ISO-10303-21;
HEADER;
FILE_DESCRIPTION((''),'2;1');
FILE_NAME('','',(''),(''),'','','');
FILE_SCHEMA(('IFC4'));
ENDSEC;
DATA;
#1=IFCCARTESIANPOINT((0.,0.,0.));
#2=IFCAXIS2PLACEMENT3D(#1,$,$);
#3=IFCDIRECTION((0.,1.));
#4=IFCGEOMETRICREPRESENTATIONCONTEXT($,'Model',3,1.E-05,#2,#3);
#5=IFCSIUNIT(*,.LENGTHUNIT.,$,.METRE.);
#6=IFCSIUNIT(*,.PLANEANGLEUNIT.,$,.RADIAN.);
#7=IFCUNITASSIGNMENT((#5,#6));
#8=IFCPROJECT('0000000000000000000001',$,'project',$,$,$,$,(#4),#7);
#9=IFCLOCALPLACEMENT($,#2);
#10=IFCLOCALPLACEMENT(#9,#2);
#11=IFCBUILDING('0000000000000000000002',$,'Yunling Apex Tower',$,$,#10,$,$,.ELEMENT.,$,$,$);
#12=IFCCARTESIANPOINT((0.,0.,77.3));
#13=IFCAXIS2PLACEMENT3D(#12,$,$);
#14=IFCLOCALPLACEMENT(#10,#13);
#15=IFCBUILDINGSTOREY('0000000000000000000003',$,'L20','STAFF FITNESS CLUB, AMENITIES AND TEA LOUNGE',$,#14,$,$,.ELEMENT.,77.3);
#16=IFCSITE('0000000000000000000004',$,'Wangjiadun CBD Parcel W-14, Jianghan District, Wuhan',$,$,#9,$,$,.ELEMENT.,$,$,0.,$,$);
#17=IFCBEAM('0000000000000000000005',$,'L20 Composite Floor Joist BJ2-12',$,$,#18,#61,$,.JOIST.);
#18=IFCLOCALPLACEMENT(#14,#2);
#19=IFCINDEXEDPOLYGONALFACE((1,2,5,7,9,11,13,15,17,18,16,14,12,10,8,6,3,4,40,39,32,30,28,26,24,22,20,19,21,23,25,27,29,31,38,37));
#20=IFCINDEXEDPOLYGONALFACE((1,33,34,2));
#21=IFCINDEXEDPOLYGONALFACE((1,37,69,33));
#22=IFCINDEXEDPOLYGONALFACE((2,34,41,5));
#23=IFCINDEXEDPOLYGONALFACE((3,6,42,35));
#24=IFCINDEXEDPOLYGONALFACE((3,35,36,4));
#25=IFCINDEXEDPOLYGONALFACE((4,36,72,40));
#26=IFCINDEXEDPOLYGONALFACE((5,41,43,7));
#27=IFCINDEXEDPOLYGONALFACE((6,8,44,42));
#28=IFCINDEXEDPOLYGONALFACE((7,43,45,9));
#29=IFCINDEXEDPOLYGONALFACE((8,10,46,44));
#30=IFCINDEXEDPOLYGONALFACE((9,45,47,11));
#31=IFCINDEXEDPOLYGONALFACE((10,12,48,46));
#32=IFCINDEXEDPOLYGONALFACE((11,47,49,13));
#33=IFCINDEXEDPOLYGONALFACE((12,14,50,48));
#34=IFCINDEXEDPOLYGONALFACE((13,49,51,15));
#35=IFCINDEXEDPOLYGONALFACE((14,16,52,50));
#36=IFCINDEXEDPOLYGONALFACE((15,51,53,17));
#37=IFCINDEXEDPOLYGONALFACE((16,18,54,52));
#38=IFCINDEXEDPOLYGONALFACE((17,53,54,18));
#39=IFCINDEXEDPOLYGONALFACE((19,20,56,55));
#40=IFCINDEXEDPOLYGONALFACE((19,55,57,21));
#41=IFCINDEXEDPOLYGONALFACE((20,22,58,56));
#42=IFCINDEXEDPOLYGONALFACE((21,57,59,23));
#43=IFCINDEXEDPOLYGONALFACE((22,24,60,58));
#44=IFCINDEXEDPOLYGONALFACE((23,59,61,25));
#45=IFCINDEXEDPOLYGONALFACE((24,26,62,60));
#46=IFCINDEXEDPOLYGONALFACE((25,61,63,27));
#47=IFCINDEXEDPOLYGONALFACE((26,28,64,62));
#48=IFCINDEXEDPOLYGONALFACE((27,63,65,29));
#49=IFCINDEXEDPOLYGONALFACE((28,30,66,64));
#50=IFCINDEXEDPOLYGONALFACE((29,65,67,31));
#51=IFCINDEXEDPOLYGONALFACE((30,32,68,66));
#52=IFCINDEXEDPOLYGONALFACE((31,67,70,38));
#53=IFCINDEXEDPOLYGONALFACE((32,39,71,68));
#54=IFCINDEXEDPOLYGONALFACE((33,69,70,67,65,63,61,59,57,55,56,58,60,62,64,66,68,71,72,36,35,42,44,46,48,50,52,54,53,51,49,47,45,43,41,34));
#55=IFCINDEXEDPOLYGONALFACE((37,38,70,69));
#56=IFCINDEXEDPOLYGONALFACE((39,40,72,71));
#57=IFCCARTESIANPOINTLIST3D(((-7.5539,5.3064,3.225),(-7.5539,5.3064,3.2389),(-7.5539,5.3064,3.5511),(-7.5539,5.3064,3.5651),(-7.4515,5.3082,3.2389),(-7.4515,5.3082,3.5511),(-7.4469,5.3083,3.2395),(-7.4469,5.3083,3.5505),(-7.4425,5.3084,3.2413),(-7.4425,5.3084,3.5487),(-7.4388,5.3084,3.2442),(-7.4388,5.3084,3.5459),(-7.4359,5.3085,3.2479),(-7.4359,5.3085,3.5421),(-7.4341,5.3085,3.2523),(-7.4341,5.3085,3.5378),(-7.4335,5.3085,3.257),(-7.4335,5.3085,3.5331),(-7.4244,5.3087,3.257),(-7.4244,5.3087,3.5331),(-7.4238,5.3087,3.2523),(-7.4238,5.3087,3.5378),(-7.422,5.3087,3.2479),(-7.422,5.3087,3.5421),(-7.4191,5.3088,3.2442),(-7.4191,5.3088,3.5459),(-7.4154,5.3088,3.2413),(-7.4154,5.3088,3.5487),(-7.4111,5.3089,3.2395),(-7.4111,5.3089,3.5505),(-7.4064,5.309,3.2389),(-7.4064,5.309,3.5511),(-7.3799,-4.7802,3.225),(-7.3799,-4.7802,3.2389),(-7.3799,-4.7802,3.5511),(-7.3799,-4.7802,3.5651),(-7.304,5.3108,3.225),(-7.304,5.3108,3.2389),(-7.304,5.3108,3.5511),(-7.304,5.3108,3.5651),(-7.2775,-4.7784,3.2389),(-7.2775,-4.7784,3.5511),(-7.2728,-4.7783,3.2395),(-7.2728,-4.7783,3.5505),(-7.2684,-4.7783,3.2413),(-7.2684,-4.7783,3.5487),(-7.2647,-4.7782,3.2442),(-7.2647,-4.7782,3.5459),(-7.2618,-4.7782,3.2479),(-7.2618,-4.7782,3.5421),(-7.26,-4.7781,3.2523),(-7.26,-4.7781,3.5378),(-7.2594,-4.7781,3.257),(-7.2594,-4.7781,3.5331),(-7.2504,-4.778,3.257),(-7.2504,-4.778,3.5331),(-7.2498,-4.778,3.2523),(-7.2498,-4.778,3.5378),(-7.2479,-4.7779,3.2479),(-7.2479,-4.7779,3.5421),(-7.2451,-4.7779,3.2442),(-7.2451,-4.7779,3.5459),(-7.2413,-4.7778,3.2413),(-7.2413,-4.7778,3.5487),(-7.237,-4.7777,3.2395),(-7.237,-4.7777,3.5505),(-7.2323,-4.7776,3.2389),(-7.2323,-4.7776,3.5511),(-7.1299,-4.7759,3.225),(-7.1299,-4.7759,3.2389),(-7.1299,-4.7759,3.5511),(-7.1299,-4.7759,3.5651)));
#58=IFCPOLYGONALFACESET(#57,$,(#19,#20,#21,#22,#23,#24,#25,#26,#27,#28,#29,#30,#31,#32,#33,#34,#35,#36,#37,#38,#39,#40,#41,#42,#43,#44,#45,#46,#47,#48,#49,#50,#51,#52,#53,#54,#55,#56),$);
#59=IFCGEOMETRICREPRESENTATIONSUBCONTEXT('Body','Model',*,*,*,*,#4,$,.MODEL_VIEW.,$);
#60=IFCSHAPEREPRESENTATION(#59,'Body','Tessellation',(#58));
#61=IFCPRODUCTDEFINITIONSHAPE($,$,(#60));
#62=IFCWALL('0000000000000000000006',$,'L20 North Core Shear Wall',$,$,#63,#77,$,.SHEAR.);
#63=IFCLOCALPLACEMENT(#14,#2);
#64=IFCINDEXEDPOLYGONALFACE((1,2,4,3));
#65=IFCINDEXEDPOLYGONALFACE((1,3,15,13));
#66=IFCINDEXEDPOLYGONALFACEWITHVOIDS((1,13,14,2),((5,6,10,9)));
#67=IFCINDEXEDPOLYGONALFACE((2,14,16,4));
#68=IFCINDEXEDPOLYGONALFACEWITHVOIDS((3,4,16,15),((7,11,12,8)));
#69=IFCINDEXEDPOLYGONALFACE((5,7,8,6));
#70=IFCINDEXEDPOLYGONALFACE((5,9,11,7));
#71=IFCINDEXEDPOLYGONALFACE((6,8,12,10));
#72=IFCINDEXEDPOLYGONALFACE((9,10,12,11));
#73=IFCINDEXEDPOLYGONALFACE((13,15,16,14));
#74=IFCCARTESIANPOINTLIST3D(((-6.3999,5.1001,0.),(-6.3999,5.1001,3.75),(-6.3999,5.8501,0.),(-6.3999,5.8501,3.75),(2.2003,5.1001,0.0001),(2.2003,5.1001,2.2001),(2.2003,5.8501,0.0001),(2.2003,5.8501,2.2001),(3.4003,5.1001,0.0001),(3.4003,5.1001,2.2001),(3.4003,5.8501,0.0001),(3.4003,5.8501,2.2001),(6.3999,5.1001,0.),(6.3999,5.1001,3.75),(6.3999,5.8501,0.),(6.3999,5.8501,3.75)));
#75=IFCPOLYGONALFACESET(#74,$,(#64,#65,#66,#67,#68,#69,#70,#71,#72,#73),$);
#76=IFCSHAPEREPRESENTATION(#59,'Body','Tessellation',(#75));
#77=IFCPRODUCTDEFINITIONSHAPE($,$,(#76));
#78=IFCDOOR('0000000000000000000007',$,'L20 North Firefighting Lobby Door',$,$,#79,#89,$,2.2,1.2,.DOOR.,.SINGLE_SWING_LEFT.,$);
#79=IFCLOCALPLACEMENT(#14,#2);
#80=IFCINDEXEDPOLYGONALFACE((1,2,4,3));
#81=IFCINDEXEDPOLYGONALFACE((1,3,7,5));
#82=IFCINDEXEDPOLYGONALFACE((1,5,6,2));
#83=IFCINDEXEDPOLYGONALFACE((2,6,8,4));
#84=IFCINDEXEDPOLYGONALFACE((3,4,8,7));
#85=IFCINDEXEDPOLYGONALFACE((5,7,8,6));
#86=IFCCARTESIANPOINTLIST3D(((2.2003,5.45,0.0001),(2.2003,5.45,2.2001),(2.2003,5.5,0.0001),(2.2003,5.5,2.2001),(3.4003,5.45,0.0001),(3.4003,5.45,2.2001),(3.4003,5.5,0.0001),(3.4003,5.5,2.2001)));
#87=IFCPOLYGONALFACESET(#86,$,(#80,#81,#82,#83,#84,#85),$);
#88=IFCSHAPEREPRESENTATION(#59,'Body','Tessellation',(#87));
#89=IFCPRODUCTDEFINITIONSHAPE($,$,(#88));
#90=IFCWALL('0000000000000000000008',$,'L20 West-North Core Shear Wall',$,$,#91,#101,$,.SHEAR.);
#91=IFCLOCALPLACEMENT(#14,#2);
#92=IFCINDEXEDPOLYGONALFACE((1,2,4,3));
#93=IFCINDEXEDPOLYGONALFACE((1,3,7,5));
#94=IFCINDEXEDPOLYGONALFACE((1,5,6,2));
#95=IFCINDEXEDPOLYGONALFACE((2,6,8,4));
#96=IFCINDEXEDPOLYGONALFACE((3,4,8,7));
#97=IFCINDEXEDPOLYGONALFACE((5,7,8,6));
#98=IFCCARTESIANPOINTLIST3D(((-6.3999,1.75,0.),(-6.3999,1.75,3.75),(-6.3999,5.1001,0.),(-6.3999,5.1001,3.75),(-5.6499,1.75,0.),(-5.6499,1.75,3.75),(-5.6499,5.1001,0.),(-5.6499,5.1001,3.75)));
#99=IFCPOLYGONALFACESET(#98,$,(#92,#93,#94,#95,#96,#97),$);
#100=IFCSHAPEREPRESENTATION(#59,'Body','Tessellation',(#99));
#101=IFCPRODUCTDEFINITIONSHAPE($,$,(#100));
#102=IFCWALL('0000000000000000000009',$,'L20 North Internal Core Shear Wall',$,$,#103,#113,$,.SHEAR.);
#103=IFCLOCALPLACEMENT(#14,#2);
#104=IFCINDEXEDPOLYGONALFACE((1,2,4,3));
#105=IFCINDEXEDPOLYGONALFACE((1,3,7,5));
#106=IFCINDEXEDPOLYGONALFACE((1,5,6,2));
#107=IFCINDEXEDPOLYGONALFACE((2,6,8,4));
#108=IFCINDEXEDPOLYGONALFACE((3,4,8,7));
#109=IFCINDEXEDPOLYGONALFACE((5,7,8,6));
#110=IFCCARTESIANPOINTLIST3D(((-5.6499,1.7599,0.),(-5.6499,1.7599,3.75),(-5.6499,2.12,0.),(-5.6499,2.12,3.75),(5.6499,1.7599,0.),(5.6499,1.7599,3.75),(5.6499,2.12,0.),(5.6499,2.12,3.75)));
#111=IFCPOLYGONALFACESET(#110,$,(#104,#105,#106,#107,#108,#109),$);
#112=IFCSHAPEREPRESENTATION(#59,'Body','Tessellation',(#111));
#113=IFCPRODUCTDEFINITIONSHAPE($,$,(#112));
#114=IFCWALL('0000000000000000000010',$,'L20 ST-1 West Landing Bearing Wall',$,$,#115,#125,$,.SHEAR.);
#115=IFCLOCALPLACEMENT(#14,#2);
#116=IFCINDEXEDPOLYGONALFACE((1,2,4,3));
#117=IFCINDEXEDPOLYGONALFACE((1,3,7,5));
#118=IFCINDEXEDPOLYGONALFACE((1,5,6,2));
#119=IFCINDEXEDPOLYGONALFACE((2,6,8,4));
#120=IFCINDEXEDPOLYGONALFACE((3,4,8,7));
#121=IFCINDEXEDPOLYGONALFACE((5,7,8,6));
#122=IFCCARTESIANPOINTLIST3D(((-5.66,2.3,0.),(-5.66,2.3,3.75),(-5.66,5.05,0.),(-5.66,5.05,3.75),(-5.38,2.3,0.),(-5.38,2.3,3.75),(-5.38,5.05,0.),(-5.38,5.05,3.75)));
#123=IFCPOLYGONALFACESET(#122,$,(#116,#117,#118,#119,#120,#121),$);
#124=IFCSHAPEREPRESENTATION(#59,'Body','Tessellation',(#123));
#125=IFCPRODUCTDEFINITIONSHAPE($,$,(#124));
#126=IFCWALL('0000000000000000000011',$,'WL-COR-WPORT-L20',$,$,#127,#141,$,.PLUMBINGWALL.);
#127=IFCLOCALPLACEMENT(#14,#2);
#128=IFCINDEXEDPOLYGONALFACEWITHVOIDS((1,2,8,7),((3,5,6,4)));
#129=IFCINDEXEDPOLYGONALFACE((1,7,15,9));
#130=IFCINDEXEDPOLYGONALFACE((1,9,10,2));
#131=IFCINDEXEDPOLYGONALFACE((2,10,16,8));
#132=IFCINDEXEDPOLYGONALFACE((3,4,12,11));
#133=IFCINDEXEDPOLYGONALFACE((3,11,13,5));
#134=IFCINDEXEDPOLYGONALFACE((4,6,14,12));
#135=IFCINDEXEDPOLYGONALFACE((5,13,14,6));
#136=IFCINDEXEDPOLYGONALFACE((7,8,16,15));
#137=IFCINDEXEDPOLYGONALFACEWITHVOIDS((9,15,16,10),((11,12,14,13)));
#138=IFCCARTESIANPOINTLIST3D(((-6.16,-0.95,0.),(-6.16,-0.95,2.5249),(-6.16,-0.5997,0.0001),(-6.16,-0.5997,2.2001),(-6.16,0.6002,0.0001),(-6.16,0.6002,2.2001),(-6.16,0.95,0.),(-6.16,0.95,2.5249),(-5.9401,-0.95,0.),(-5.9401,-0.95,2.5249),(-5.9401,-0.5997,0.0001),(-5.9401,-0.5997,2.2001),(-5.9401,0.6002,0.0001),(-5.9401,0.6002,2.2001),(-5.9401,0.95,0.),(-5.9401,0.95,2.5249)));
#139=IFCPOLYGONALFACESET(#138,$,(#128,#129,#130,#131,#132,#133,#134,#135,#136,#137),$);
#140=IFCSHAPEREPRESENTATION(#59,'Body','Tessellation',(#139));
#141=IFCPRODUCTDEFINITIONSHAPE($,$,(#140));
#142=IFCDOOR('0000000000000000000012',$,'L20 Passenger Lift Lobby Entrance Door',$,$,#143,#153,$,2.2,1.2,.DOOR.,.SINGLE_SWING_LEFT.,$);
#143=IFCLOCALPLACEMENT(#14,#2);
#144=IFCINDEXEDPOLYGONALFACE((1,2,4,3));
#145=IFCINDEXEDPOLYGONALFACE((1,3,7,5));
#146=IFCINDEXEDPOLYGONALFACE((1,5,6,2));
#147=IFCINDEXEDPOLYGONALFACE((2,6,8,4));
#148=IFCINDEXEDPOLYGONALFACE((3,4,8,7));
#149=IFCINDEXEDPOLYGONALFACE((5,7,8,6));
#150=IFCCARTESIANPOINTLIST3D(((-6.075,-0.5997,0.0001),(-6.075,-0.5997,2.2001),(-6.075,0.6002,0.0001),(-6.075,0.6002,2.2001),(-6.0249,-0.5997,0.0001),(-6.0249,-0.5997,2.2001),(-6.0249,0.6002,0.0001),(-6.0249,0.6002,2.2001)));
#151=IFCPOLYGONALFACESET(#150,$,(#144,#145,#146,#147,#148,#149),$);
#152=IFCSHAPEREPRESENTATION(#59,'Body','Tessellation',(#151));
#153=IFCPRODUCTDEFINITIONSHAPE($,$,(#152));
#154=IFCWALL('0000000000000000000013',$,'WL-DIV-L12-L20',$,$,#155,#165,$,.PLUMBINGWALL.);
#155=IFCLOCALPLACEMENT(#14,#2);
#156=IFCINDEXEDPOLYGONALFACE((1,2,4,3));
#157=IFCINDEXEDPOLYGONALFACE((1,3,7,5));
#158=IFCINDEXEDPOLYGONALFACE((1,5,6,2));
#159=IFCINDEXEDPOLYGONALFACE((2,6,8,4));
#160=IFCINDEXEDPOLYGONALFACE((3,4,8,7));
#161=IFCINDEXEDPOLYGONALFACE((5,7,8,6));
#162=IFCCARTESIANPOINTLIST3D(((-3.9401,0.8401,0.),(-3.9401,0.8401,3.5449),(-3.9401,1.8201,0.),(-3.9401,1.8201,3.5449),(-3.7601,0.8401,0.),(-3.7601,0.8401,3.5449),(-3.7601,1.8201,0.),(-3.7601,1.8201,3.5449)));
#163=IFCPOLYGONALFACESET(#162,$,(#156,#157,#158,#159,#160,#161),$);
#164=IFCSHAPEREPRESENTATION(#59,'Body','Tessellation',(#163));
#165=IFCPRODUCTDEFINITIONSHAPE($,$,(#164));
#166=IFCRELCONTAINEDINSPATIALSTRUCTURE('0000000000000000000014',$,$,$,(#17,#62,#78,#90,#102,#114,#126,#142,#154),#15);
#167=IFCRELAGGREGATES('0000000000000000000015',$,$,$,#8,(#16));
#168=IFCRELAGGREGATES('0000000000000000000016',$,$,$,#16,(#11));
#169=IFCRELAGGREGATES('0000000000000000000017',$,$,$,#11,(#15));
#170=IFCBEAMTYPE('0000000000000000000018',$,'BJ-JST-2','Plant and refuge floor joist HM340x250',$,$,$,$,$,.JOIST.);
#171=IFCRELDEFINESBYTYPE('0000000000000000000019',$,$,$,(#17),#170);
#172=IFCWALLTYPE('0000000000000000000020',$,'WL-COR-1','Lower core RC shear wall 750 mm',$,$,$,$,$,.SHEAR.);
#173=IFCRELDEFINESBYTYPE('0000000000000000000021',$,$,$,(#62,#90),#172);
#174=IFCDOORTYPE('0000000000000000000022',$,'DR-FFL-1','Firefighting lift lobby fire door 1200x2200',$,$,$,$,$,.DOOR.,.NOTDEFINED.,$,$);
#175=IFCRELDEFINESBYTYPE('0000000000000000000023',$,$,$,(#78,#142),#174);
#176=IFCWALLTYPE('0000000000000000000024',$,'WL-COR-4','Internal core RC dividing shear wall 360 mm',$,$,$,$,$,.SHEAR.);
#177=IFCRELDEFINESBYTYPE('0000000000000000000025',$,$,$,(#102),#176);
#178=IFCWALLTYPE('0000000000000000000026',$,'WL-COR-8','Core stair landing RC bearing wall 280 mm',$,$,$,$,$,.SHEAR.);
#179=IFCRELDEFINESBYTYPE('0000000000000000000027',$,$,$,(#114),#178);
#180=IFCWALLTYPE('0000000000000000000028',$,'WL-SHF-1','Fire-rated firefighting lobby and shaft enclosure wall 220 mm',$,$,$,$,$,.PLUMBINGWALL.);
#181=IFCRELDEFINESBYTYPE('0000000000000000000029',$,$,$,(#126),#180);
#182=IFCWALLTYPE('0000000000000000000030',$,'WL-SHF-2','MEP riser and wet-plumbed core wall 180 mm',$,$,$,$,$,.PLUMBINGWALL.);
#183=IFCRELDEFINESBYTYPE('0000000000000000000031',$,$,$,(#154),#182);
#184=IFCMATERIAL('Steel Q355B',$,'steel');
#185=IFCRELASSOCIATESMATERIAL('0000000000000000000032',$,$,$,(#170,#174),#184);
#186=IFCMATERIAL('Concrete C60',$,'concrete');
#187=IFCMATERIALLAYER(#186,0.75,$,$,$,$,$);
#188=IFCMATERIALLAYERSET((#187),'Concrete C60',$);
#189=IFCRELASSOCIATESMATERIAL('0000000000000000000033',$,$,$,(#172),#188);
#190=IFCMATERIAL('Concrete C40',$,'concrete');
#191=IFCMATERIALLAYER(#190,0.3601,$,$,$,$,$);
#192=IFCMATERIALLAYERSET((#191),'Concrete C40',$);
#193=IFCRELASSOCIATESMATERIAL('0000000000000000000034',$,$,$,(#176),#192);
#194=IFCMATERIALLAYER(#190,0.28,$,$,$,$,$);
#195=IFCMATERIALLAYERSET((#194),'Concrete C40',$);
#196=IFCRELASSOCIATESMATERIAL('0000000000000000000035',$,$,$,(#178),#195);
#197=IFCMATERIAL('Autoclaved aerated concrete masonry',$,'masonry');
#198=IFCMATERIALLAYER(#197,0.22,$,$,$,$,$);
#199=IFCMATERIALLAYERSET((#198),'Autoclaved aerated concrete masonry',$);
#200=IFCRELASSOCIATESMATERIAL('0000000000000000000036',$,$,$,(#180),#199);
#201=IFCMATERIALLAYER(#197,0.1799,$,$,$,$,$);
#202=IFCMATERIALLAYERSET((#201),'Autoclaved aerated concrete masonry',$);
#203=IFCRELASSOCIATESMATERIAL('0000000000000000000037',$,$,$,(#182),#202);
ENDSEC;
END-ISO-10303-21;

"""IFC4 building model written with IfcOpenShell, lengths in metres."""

from ifc_helpers import new_model, si_unit, direction, frame, frame_2d, origin, origin_2d, place, context, subcontext, project, spatial, rectangle, i_section, extrude, source, transform, mapped, material, layer, layer_set, material_profile, profile_set, type_object, element, fill, save


model = new_model("IFC4")

# Units and contexts
model_context = context("Model", 3, precision=1e-05, world=origin(), true_north=direction((0.0, 1.0)))
body_context = subcontext(model_context, "Body", "Model", "MODEL_VIEW")
ifc_project = project(units=[si_unit("LENGTHUNIT", "METRE"), si_unit("PLANEANGLEUNIT", "RADIAN")], contexts=[model_context])

# Site, building, storey
site_placement = place(None, origin())
site = spatial("IfcSite", under=ifc_project, at=site_placement, Name="Wangjiadun CBD Parcel W-14, Jianghan District, Wuhan", CompositionType="ELEMENT", RefElevation=0.0)
building_placement = place(site_placement, origin())
building = spatial("IfcBuilding", under=site, at=building_placement, Name="Yunling Apex Tower", CompositionType="ELEMENT")
storey_placement = place(building_placement, frame((0.0, 0.0, 77.3)))
storey = spatial("IfcBuildingStorey", under=building, at=storey_placement, Name="L20", Description="STAFF FITNESS CLUB, AMENITIES AND TEA LOUNGE", CompositionType="ELEMENT", Elevation=77.3)

# Shared definitions
ifc_material_1 = material(Name="Concrete C60", Category="concrete")

# Beam
ifc_material_2 = material(Name="Steel Q355B", Category="steel")
ifc_material_profile_1 = material_profile(ifc_material_2, i_section(OverallWidth=0.25, OverallDepth=0.3401, WebThickness=0.009, FlangeThickness=0.0139, FilletRadius=0.0181, at=origin_2d()))
ifc_profile_set_1 = profile_set([ifc_material_profile_1], Name="Steel Q355B")
beam_type_1 = type_object("IfcBeamType", Name="BJ-JST-2", Description="Plant and refuge floor joist HM340x250", PredefinedType="JOIST", material=ifc_profile_set_1)
shared_shape_1 = source(origin(), body_context, "Body", "SweptSolid", [
    extrude(i_section(OverallWidth=0.25, OverallDepth=0.3401, WebThickness=0.009, FlangeThickness=0.0139, FilletRadius=0.0181, at=origin_2d()), origin(), (0.0, 0.0, 1.0), 10.0881),
])
beam_1_placement = place(storey_placement, frame((-7.429, 5.3086, 3.395), z_axis=(0.017255, -0.999851, 0.0), x_axis=(0.999851, 0.017255, 0.0)))
element("IfcBeam", 1, at=beam_1_placement, inside=storey, type_object=beam_type_1, Name="L20 Composite Floor Joist BJ2-12", PredefinedType="JOIST", context=body_context, shape_type="MappedRepresentation", body=[
    mapped(shared_shape_1, transform((0.0, 0.0, 0.0), scale=1.0)),
])

# Wall, opening, door
ifc_layer_1 = layer(ifc_material_1, 0.75)
ifc_layer_set_1 = layer_set([ifc_layer_1], Name="Concrete C60")
wall_type_1 = type_object("IfcWallType", Name="WL-COR-1", Description="Lower core RC shear wall 750 mm", PredefinedType="SHEAR", material=ifc_layer_set_1)
wall_1_placement = place(storey_placement, frame((-6.3999, 5.4751, 0.0), z_axis=(0.0, 0.0, 1.0), x_axis=(1.0, 0.0, 0.0)))
wall_1 = element("IfcWall", 2, at=wall_1_placement, inside=storey, type_object=wall_type_1, Name="L20 North Core Shear Wall", PredefinedType="SHEAR", context=body_context, shape_type="SweptSolid", body=[
    extrude(rectangle(XDim=12.7998, YDim=0.75, at=frame_2d((6.3999, 0.0))), origin(), (0.0, 0.0, 1.0), 3.75),
])
opening_1_placement = place(wall_1_placement, frame((8.6001, 0.0, 0.0)))
opening_1 = element("IfcOpeningElement", 3, at=opening_1_placement, cuts=wall_1, PredefinedType="OPENING", context=body_context, shape_type="SweptSolid", body=[
    extrude(rectangle(XDim=1.2, YDim=2.2, at=frame_2d((0.6001, 1.1001))), frame((0.0, 0.385, 0.0), z_axis=(0.0, -1.0, 0.0), x_axis=(1.0, 0.0, 0.0)), (0.0, 0.0, 1.0), 0.77),
])
door_type_1 = type_object("IfcDoorType", Name="DR-FFL-1", Description="Firefighting lift lobby fire door 1200x2200", OperationType="NOTDEFINED", PredefinedType="DOOR", material=ifc_material_2)
door_1_placement = place(opening_1_placement, origin())
door_1 = element("IfcDoor", 4, at=door_1_placement, inside=storey, type_object=door_type_1, Name="L20 North Firefighting Lobby Door", OperationType="SINGLE_SWING_LEFT", OverallHeight=2.2, OverallWidth=1.2, PredefinedType="DOOR", context=body_context, shape_type="SweptSolid", body=[
    extrude(rectangle(XDim=1.2, YDim=2.2, at=frame_2d((0.6001, 1.1001))), frame((0.0, 0.0249, 0.0), z_axis=(0.0, -1.0, 0.0), x_axis=(1.0, 0.0, 0.0)), (0.0, 0.0, 1.0), 0.05),
])
fill(opening_1, door_1)

# Walls
wall_2_placement = place(storey_placement, frame((-6.0249, 1.75, 0.0), z_axis=(0.0, 0.0, 1.0), x_axis=(0.0, 1.0, 0.0)))
element("IfcWall", 5, at=wall_2_placement, inside=storey, type_object=wall_type_1, Name="L20 West-North Core Shear Wall", PredefinedType="SHEAR", context=body_context, shape_type="SweptSolid", body=[
    extrude(rectangle(XDim=3.3501, YDim=0.75, at=frame_2d((1.675, 0.0))), origin(), (0.0, 0.0, 1.0), 3.75),
])
ifc_material_3 = material(Name="Concrete C40", Category="concrete")
ifc_layer_2 = layer(ifc_material_3, 0.3601)
ifc_layer_set_2 = layer_set([ifc_layer_2], Name="Concrete C40")
wall_type_2 = type_object("IfcWallType", Name="WL-COR-4", Description="Internal core RC dividing shear wall 360 mm", PredefinedType="SHEAR", material=ifc_layer_set_2)
wall_3_placement = place(storey_placement, frame((-5.6499, 1.9399, 0.0), z_axis=(0.0, 0.0, 1.0), x_axis=(1.0, 0.0, 0.0)))
element("IfcWall", 6, at=wall_3_placement, inside=storey, type_object=wall_type_2, Name="L20 North Internal Core Shear Wall", PredefinedType="SHEAR", context=body_context, shape_type="SweptSolid", body=[
    extrude(rectangle(XDim=11.2998, YDim=0.3601, at=frame_2d((5.6499, 0.0))), origin(), (0.0, 0.0, 1.0), 3.75),
])
ifc_layer_3 = layer(ifc_material_3, 0.28)
ifc_layer_set_3 = layer_set([ifc_layer_3], Name="Concrete C40")
wall_type_3 = type_object("IfcWallType", Name="WL-COR-8", Description="Core stair landing RC bearing wall 280 mm", PredefinedType="SHEAR", material=ifc_layer_set_3)
wall_4_placement = place(storey_placement, frame((-5.52, 2.3, 0.0), z_axis=(0.0, 0.0, 1.0), x_axis=(0.0, 1.0, 0.0)))
element("IfcWall", 7, at=wall_4_placement, inside=storey, type_object=wall_type_3, Name="L20 ST-1 West Landing Bearing Wall", PredefinedType="SHEAR", context=body_context, shape_type="SweptSolid", body=[
    extrude(rectangle(XDim=2.75, YDim=0.28, at=frame_2d((1.375, 0.0))), origin(), (0.0, 0.0, 1.0), 3.75),
])

# Wall, opening, door
ifc_material_4 = material(Name="Autoclaved aerated concrete masonry", Category="masonry")
ifc_layer_4 = layer(ifc_material_4, 0.22)
ifc_layer_set_4 = layer_set([ifc_layer_4], Name="Autoclaved aerated concrete masonry")
wall_type_4 = type_object("IfcWallType", Name="WL-SHF-1", Description="Fire-rated firefighting lobby and shaft enclosure wall 220 mm", PredefinedType="PLUMBINGWALL", material=ifc_layer_set_4)
wall_5_placement = place(storey_placement, frame((-6.05, -0.95, 0.0), z_axis=(0.0, 0.0, 1.0), x_axis=(0.0, 1.0, 0.0)))
wall_5 = element("IfcWall", 8, at=wall_5_placement, inside=storey, type_object=wall_type_4, Name="WL-COR-WPORT-L20", PredefinedType="PLUMBINGWALL", context=body_context, shape_type="SweptSolid", body=[
    extrude(rectangle(XDim=1.8999, YDim=0.22, at=frame_2d((0.95, 0.0))), origin(), (0.0, 0.0, 1.0), 2.5249),
])
opening_2_placement = place(wall_5_placement, frame((0.3501, 0.0, 0.0)))
opening_2 = element("IfcOpeningElement", 9, at=opening_2_placement, cuts=wall_5, PredefinedType="OPENING", context=body_context, shape_type="SweptSolid", body=[
    extrude(rectangle(XDim=1.2, YDim=2.2, at=frame_2d((0.6001, 1.1001))), frame((0.0, 0.1201, 0.0), z_axis=(0.0, -1.0, 0.0), x_axis=(1.0, 0.0, 0.0)), (0.0, 0.0, 1.0), 0.24),
])
door_2_placement = place(opening_2_placement, origin())
door_2 = element("IfcDoor", 10, at=door_2_placement, inside=storey, type_object=door_type_1, Name="L20 Passenger Lift Lobby Entrance Door", OperationType="SINGLE_SWING_LEFT", OverallHeight=2.2, OverallWidth=1.2, PredefinedType="DOOR", context=body_context, shape_type="SweptSolid", body=[
    extrude(rectangle(XDim=1.2, YDim=2.2, at=frame_2d((0.6001, 1.1001))), frame((0.0, 0.0249, 0.0), z_axis=(0.0, -1.0, 0.0), x_axis=(1.0, 0.0, 0.0)), (0.0, 0.0, 1.0), 0.05),
])
fill(opening_2, door_2)

# Wall
ifc_layer_5 = layer(ifc_material_4, 0.1799)
ifc_layer_set_5 = layer_set([ifc_layer_5], Name="Autoclaved aerated concrete masonry")
wall_type_5 = type_object("IfcWallType", Name="WL-SHF-2", Description="MEP riser and wet-plumbed core wall 180 mm", PredefinedType="PLUMBINGWALL", material=ifc_layer_set_5)
wall_6_placement = place(storey_placement, frame((-3.8501, 0.8401, 0.0), z_axis=(0.0, 0.0, 1.0), x_axis=(0.0, 1.0, 0.0)))
element("IfcWall", 11, at=wall_6_placement, inside=storey, type_object=wall_type_5, Name="WL-DIV-L12-L20", PredefinedType="PLUMBINGWALL", context=body_context, shape_type="SweptSolid", body=[
    extrude(rectangle(XDim=0.98, YDim=0.1799, at=frame_2d((0.49, 0.0))), origin(), (0.0, 0.0, 1.0), 3.5449),
])

save(model, "model.ifc")
